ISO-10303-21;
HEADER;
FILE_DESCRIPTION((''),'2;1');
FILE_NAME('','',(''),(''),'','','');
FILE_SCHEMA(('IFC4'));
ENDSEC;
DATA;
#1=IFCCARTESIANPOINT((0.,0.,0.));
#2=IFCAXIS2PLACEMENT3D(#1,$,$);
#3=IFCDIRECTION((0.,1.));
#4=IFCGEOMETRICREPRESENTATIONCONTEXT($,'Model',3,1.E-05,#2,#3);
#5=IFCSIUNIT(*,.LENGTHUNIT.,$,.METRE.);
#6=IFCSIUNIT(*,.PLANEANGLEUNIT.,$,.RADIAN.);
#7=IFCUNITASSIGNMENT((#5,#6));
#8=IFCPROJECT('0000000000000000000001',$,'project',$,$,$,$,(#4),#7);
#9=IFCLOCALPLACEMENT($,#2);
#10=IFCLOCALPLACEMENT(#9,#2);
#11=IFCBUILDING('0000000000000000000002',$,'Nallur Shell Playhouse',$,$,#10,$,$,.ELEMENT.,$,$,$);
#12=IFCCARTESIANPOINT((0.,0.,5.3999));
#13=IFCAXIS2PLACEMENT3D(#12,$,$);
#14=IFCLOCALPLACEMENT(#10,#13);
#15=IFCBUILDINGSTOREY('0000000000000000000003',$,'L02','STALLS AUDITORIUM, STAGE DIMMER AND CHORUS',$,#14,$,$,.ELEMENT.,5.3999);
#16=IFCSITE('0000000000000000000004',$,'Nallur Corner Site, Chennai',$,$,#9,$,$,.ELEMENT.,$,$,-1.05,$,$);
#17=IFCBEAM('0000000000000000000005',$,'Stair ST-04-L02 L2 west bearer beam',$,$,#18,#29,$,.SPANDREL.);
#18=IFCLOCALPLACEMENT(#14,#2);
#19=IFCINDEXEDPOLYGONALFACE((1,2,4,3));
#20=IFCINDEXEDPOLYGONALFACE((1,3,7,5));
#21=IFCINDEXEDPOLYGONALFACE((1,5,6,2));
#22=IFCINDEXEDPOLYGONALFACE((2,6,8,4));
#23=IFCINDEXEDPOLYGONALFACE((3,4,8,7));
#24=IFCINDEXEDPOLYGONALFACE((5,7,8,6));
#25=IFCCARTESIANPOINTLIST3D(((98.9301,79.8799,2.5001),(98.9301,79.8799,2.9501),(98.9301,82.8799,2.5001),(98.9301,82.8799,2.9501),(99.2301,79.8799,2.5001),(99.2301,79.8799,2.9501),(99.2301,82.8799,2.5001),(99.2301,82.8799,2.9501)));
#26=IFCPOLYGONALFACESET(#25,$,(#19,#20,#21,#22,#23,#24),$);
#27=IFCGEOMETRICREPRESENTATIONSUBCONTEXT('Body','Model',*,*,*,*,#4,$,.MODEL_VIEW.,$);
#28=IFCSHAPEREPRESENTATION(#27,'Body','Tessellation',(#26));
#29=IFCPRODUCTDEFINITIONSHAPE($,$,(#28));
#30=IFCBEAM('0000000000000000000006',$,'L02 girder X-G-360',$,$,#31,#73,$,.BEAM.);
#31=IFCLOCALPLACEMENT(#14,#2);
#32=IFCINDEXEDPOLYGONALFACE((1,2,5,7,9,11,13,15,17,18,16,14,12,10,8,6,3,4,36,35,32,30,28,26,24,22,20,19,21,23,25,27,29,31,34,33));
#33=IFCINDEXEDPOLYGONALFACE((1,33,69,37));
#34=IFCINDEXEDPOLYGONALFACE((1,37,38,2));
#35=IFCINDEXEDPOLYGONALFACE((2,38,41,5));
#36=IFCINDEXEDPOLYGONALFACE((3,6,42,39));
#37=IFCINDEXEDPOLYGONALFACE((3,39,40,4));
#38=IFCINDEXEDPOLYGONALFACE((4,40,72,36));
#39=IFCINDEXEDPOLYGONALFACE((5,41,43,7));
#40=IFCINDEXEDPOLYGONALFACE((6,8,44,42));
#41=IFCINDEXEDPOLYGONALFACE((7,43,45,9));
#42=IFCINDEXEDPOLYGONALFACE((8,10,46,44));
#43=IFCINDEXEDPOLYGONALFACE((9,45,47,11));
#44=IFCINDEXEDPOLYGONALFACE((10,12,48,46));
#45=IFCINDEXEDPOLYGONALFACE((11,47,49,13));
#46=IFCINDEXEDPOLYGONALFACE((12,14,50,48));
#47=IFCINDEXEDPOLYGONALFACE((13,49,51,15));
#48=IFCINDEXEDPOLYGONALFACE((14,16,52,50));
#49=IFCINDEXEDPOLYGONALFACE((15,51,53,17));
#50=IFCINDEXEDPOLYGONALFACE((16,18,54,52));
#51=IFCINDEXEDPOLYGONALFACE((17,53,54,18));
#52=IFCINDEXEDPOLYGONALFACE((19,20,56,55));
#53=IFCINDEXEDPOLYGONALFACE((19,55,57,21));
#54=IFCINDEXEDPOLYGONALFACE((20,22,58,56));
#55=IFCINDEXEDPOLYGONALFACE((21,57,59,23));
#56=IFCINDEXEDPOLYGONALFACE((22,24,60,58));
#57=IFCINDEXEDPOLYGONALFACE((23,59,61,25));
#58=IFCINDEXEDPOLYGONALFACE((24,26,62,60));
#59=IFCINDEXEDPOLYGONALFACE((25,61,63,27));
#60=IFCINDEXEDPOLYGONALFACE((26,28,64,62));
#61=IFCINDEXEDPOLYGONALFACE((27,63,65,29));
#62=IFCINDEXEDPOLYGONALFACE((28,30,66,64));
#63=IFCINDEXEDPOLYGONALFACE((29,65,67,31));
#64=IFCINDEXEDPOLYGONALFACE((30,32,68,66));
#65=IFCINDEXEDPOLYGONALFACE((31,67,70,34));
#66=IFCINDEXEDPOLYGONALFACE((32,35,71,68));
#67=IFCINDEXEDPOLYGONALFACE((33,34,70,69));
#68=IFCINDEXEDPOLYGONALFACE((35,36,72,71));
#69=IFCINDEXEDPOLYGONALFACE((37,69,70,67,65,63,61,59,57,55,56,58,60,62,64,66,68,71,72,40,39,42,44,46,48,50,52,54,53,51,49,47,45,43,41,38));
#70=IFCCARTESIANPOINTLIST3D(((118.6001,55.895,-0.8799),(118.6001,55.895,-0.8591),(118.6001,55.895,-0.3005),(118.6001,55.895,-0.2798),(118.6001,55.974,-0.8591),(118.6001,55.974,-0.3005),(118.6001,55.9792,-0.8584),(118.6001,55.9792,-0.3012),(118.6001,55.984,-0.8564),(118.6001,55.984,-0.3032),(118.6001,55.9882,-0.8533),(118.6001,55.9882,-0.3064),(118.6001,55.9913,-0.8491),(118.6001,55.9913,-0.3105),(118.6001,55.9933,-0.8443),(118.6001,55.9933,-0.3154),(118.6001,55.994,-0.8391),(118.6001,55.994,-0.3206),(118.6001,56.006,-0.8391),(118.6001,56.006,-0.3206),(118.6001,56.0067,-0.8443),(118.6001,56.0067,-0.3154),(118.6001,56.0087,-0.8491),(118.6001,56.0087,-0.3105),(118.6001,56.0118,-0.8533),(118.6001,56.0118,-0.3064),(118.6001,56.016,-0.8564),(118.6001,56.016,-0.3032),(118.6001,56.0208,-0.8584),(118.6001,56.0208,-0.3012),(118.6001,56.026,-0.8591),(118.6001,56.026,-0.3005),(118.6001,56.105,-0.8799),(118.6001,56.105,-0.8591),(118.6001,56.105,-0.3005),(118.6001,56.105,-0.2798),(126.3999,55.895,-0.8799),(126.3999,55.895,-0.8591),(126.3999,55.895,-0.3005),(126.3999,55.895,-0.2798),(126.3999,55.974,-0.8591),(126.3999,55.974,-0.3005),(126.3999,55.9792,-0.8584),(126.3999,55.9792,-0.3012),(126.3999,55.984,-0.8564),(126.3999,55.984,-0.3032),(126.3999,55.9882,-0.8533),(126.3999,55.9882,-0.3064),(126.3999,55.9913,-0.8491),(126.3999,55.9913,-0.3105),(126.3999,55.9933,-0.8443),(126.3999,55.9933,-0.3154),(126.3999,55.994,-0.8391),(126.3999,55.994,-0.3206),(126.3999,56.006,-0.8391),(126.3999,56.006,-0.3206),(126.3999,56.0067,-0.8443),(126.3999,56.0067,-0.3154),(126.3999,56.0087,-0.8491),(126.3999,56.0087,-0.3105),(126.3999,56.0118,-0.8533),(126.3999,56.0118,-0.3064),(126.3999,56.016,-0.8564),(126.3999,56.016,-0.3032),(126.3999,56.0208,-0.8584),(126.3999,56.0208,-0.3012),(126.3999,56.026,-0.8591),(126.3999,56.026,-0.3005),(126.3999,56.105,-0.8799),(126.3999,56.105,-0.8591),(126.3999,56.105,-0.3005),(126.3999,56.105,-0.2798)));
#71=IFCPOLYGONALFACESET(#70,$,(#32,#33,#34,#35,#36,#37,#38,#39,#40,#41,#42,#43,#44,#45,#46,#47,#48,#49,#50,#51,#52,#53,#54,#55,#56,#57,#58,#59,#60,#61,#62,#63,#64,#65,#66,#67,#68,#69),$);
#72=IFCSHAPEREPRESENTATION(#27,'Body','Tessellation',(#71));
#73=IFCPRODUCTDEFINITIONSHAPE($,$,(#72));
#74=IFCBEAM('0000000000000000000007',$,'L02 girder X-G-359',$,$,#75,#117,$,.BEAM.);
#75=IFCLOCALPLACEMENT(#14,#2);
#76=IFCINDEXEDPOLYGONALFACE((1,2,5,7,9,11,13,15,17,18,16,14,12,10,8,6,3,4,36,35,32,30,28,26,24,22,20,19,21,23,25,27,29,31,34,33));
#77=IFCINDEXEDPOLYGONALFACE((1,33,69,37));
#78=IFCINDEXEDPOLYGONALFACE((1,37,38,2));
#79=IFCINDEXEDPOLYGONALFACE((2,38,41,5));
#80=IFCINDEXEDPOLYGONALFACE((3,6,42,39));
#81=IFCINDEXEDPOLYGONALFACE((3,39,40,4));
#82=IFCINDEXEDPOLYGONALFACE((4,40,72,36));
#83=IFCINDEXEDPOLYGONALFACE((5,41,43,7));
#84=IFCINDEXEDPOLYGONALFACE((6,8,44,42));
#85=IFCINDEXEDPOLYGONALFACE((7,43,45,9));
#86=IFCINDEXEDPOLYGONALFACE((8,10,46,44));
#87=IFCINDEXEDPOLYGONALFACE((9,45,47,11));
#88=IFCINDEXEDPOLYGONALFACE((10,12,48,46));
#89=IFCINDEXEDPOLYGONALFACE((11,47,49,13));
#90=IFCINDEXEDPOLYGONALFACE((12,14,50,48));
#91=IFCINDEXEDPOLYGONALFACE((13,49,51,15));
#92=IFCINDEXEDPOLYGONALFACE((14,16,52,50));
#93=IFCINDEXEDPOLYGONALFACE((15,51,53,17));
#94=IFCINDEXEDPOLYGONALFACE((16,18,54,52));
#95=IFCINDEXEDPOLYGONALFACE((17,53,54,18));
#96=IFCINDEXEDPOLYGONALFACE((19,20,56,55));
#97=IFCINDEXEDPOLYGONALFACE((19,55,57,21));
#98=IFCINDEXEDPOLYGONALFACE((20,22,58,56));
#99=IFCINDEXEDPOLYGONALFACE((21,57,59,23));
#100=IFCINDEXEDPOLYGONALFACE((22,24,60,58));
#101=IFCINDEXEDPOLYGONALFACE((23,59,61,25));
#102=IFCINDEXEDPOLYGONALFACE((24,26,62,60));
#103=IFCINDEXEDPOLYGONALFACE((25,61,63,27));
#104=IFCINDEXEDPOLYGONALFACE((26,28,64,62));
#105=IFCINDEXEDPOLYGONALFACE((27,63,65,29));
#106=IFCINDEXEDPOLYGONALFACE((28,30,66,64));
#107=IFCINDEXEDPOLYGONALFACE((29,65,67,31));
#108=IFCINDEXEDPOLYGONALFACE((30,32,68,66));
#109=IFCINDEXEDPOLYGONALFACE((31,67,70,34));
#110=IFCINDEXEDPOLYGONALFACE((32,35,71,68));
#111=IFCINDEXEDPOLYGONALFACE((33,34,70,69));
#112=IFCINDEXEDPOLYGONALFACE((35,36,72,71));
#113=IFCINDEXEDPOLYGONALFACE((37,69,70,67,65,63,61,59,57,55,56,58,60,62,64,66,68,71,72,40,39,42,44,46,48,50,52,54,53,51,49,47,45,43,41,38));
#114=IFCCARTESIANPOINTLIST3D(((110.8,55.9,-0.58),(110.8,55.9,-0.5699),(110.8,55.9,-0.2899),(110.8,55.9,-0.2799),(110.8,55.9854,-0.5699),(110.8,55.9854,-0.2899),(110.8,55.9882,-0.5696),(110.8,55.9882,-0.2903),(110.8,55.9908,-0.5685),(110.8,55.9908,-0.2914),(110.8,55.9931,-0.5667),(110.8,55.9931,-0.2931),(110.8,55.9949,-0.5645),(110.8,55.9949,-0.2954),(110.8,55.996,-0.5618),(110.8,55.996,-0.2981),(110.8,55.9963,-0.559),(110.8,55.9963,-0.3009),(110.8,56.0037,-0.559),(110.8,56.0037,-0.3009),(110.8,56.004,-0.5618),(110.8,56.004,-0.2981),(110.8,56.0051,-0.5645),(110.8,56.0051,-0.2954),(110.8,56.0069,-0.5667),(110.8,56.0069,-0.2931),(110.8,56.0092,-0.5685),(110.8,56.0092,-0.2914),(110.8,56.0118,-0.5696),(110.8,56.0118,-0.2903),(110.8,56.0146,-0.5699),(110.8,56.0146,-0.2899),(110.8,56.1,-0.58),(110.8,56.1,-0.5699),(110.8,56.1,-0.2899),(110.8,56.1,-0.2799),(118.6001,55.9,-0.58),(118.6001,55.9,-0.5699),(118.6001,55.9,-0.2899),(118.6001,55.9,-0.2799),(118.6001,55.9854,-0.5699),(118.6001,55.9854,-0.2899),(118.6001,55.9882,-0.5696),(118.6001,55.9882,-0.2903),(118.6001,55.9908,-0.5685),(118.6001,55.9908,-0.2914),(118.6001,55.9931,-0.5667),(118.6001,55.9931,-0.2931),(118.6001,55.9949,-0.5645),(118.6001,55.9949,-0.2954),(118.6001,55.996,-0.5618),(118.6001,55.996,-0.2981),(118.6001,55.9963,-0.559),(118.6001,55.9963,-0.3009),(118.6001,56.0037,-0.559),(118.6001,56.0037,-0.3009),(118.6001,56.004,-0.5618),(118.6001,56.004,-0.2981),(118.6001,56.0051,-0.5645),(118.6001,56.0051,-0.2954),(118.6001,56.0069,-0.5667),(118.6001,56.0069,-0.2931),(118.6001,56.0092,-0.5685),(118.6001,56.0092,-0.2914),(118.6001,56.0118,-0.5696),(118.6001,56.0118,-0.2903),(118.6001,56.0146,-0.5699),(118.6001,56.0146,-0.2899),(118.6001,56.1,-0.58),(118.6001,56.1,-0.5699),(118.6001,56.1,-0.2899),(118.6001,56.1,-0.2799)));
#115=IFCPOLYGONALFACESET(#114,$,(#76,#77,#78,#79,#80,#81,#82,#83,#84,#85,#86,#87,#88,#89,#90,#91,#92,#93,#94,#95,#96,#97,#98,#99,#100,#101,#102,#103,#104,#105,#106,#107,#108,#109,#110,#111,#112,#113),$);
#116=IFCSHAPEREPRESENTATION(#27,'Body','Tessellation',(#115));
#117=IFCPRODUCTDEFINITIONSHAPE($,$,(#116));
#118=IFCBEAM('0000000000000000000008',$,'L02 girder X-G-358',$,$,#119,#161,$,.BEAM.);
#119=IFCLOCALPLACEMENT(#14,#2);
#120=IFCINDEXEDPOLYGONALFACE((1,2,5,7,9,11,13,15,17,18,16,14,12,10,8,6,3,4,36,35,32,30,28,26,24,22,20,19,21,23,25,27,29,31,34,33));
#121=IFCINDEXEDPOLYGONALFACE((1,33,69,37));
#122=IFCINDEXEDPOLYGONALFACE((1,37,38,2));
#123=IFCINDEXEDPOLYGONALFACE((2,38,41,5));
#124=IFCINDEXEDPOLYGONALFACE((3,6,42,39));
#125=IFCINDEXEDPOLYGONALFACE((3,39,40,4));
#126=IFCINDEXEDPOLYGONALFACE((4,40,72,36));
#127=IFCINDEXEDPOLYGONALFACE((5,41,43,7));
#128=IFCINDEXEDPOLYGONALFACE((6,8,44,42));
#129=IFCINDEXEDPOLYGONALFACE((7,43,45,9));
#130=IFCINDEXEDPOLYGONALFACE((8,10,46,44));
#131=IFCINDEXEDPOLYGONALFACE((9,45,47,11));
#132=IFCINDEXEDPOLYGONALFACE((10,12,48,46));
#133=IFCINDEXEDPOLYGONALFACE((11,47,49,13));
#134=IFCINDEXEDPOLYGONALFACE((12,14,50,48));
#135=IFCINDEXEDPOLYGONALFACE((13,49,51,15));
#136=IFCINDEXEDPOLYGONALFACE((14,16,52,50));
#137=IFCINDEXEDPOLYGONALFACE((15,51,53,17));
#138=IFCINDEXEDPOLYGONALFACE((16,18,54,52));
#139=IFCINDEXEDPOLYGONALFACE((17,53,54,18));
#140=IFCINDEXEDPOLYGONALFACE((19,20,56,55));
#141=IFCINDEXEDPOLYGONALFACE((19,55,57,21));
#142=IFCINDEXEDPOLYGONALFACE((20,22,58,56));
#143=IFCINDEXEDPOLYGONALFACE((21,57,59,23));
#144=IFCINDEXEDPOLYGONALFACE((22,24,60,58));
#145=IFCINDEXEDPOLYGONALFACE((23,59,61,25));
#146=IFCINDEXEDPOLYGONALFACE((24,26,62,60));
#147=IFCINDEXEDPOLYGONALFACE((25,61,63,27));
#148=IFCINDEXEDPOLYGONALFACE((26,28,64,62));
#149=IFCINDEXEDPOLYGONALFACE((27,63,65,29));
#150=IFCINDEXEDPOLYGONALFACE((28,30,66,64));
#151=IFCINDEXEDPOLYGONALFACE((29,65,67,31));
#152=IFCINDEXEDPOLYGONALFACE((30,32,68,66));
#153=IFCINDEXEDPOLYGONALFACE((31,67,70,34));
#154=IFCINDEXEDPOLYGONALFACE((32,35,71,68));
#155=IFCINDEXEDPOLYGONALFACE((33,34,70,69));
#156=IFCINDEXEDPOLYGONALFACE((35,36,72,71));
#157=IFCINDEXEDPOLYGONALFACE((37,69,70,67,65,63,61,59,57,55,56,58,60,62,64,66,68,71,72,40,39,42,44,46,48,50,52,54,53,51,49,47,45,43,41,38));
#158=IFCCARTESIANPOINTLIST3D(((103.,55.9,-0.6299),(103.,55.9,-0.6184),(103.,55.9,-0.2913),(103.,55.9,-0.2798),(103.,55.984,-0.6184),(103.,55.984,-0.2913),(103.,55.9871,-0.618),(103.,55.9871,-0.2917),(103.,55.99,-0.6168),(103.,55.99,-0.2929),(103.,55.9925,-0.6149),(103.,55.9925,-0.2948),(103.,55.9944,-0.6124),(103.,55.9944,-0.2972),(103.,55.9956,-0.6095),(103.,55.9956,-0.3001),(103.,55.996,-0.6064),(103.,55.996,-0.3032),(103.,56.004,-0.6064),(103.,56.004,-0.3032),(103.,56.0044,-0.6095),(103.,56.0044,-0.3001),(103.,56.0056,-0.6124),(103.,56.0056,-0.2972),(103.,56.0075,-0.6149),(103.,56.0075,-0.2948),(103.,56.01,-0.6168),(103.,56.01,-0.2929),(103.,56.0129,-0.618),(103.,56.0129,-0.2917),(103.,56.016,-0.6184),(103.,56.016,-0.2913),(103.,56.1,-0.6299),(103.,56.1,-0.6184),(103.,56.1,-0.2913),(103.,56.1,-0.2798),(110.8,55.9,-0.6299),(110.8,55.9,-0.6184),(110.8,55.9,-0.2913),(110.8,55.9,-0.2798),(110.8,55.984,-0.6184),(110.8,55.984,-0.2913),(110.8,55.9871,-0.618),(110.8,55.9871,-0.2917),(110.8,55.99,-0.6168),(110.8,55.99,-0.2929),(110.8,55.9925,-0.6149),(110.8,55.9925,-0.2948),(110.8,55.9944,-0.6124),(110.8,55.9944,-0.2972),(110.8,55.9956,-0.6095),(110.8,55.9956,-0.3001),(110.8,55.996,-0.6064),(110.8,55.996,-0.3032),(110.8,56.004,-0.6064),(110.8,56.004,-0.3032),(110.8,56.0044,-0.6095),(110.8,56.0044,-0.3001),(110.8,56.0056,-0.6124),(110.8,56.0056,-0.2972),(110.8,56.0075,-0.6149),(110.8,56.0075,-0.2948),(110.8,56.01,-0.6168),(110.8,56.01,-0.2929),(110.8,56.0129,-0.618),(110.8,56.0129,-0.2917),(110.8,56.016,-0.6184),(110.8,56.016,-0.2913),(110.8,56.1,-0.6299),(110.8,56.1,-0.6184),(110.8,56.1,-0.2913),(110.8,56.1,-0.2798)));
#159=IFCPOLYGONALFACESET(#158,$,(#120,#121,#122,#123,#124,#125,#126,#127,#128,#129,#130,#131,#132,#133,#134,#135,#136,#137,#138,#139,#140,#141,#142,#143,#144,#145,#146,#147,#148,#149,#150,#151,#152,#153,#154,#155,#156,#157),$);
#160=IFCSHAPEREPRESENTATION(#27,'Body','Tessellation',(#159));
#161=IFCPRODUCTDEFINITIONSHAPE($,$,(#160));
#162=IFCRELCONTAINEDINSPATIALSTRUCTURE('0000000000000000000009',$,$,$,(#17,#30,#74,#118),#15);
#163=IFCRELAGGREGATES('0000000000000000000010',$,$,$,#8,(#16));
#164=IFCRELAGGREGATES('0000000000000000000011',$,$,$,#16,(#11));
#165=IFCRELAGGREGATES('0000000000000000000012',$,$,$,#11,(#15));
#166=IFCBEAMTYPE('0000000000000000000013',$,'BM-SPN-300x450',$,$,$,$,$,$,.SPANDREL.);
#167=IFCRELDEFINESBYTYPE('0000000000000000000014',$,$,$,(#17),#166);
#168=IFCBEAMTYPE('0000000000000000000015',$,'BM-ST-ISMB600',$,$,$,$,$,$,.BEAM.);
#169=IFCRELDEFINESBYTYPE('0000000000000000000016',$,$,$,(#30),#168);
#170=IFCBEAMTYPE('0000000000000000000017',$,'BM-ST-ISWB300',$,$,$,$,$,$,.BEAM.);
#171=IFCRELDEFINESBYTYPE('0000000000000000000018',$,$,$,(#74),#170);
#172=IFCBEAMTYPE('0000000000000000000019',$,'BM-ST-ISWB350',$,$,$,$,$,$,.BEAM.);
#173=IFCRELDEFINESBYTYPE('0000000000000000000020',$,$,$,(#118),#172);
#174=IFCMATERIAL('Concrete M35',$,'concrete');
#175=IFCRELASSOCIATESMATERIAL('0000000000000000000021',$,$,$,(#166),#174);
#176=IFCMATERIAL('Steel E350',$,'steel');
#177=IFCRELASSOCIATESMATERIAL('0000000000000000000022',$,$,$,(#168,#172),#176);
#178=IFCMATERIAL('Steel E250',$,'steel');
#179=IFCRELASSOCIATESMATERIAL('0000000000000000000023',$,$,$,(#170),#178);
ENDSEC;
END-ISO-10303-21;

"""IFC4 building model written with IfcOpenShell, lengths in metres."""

from ifc_helpers import new_model, si_unit, direction, frame, origin, origin_2d, place, context, subcontext, project, spatial, rectangle, i_section, extrude, material, material_profile, profile_set, type_object, element, save


model = new_model("IFC4")

# Units and contexts
model_context = context("Model", 3, precision=1e-05, world=origin(), true_north=direction((0.0, 1.0)))
body_context = subcontext(model_context, "Body", "Model", "MODEL_VIEW")
ifc_project = project(units=[si_unit("LENGTHUNIT", "METRE"), si_unit("PLANEANGLEUNIT", "RADIAN")], contexts=[model_context])

# Site, building, storey
site_placement = place(None, origin())
site = spatial("IfcSite", under=ifc_project, at=site_placement, Name="Nallur Corner Site, Chennai", CompositionType="ELEMENT", RefElevation=-1.05)
building_placement = place(site_placement, origin())
building = spatial("IfcBuilding", under=site, at=building_placement, Name="Nallur Shell Playhouse", CompositionType="ELEMENT")
storey_placement = place(building_placement, frame((0.0, 0.0, 5.3999)))
storey = spatial("IfcBuildingStorey", under=building, at=storey_placement, Name="L02", Description="STALLS AUDITORIUM, STAGE DIMMER AND CHORUS", CompositionType="ELEMENT", Elevation=5.3999)

# Shared definitions
ifc_material_1 = material(Name="Steel E350", Category="steel")

# Beams
ifc_material_2 = material(Name="Steel E250", Category="steel")
ifc_material_3 = material(Name="Concrete M35", Category="concrete")
ifc_material_profile_1 = material_profile(ifc_material_3, rectangle(XDim=0.3, YDim=0.45, at=origin_2d()), Name="RC 300x450")
ifc_profile_set_1 = profile_set([ifc_material_profile_1], Name="Concrete M35")
beam_type_1 = type_object("IfcBeamType", Name="BM-SPN-300x450", PredefinedType="SPANDREL", material=ifc_profile_set_1)
beam_1_placement = place(storey_placement, frame((99.0801, 79.8799, 2.7251), z_axis=(0.0, 1.0, 0.0), x_axis=(-1.0, 0.0, 0.0)))
element("IfcBeam", 1, at=beam_1_placement, inside=storey, type_object=beam_type_1, Name="Stair ST-04-L02 L2 west bearer beam", PredefinedType="SPANDREL", context=body_context, shape_type="SweptSolid", body=[
    extrude(rectangle(XDim=0.3, YDim=0.45, at=origin_2d()), origin(), (0.0, 0.0, 1.0), 3.0),
])
ifc_material_profile_2 = material_profile(ifc_material_1, i_section(OverallWidth=0.21, OverallDepth=0.6001, WebThickness=0.012, FlangeThickness=0.0208, FilletRadius=0.02, at=origin_2d()), Name="ISMB 600")
ifc_profile_set_2 = profile_set([ifc_material_profile_2], Name="Steel E350")
beam_type_2 = type_object("IfcBeamType", Name="BM-ST-ISMB600", PredefinedType="BEAM", material=ifc_profile_set_2)
beam_2_placement = place(storey_placement, frame((118.6001, 56.0, -0.5798), z_axis=(1.0, 0.0, 0.0), x_axis=(0.0, 1.0, 0.0)))
element("IfcBeam", 2, at=beam_2_placement, inside=storey, type_object=beam_type_2, Name="L02 girder X-G-360", PredefinedType="BEAM", context=body_context, shape_type="SweptSolid", body=[
    extrude(i_section(OverallWidth=0.21, OverallDepth=0.6001, WebThickness=0.012, FlangeThickness=0.0208, FilletRadius=0.02, at=origin_2d()), origin(), (0.0, 0.0, 1.0), 7.7998),
])
ifc_material_profile_3 = material_profile(ifc_material_2, i_section(OverallWidth=0.2, OverallDepth=0.3, WebThickness=0.0073, FlangeThickness=0.01, FilletRadius=0.011, at=origin_2d()), Name="ISWB 300")
ifc_profile_set_3 = profile_set([ifc_material_profile_3], Name="Steel E250")
beam_type_3 = type_object("IfcBeamType", Name="BM-ST-ISWB300", PredefinedType="BEAM", material=ifc_profile_set_3)
beam_3_placement = place(storey_placement, frame((110.8, 56.0, -0.4299), z_axis=(1.0, 0.0, 0.0), x_axis=(0.0, 1.0, 0.0)))
element("IfcBeam", 3, at=beam_3_placement, inside=storey, type_object=beam_type_3, Name="L02 girder X-G-359", PredefinedType="BEAM", context=body_context, shape_type="SweptSolid", body=[
    extrude(i_section(OverallWidth=0.2, OverallDepth=0.3, WebThickness=0.0073, FlangeThickness=0.01, FilletRadius=0.011, at=origin_2d()), origin(), (0.0, 0.0, 1.0), 7.8),
])
ifc_material_profile_4 = material_profile(ifc_material_1, i_section(OverallWidth=0.2, OverallDepth=0.3501, WebThickness=0.0081, FlangeThickness=0.0115, FilletRadius=0.012, at=origin_2d()), Name="ISWB 350")
ifc_profile_set_4 = profile_set([ifc_material_profile_4], Name="Steel E350")
beam_type_4 = type_object("IfcBeamType", Name="BM-ST-ISWB350", PredefinedType="BEAM", material=ifc_profile_set_4)
beam_4_placement = place(storey_placement, frame((103.0, 56.0, -0.4548), z_axis=(1.0, 0.0, 0.0), x_axis=(0.0, 1.0, 0.0)))
element("IfcBeam", 4, at=beam_4_placement, inside=storey, type_object=beam_type_4, Name="L02 girder X-G-358", PredefinedType="BEAM", context=body_context, shape_type="SweptSolid", body=[
    extrude(i_section(OverallWidth=0.2, OverallDepth=0.3501, WebThickness=0.0081, FlangeThickness=0.0115, FilletRadius=0.012, at=origin_2d()), origin(), (0.0, 0.0, 1.0), 7.8),
])

save(model, "model.ifc")
